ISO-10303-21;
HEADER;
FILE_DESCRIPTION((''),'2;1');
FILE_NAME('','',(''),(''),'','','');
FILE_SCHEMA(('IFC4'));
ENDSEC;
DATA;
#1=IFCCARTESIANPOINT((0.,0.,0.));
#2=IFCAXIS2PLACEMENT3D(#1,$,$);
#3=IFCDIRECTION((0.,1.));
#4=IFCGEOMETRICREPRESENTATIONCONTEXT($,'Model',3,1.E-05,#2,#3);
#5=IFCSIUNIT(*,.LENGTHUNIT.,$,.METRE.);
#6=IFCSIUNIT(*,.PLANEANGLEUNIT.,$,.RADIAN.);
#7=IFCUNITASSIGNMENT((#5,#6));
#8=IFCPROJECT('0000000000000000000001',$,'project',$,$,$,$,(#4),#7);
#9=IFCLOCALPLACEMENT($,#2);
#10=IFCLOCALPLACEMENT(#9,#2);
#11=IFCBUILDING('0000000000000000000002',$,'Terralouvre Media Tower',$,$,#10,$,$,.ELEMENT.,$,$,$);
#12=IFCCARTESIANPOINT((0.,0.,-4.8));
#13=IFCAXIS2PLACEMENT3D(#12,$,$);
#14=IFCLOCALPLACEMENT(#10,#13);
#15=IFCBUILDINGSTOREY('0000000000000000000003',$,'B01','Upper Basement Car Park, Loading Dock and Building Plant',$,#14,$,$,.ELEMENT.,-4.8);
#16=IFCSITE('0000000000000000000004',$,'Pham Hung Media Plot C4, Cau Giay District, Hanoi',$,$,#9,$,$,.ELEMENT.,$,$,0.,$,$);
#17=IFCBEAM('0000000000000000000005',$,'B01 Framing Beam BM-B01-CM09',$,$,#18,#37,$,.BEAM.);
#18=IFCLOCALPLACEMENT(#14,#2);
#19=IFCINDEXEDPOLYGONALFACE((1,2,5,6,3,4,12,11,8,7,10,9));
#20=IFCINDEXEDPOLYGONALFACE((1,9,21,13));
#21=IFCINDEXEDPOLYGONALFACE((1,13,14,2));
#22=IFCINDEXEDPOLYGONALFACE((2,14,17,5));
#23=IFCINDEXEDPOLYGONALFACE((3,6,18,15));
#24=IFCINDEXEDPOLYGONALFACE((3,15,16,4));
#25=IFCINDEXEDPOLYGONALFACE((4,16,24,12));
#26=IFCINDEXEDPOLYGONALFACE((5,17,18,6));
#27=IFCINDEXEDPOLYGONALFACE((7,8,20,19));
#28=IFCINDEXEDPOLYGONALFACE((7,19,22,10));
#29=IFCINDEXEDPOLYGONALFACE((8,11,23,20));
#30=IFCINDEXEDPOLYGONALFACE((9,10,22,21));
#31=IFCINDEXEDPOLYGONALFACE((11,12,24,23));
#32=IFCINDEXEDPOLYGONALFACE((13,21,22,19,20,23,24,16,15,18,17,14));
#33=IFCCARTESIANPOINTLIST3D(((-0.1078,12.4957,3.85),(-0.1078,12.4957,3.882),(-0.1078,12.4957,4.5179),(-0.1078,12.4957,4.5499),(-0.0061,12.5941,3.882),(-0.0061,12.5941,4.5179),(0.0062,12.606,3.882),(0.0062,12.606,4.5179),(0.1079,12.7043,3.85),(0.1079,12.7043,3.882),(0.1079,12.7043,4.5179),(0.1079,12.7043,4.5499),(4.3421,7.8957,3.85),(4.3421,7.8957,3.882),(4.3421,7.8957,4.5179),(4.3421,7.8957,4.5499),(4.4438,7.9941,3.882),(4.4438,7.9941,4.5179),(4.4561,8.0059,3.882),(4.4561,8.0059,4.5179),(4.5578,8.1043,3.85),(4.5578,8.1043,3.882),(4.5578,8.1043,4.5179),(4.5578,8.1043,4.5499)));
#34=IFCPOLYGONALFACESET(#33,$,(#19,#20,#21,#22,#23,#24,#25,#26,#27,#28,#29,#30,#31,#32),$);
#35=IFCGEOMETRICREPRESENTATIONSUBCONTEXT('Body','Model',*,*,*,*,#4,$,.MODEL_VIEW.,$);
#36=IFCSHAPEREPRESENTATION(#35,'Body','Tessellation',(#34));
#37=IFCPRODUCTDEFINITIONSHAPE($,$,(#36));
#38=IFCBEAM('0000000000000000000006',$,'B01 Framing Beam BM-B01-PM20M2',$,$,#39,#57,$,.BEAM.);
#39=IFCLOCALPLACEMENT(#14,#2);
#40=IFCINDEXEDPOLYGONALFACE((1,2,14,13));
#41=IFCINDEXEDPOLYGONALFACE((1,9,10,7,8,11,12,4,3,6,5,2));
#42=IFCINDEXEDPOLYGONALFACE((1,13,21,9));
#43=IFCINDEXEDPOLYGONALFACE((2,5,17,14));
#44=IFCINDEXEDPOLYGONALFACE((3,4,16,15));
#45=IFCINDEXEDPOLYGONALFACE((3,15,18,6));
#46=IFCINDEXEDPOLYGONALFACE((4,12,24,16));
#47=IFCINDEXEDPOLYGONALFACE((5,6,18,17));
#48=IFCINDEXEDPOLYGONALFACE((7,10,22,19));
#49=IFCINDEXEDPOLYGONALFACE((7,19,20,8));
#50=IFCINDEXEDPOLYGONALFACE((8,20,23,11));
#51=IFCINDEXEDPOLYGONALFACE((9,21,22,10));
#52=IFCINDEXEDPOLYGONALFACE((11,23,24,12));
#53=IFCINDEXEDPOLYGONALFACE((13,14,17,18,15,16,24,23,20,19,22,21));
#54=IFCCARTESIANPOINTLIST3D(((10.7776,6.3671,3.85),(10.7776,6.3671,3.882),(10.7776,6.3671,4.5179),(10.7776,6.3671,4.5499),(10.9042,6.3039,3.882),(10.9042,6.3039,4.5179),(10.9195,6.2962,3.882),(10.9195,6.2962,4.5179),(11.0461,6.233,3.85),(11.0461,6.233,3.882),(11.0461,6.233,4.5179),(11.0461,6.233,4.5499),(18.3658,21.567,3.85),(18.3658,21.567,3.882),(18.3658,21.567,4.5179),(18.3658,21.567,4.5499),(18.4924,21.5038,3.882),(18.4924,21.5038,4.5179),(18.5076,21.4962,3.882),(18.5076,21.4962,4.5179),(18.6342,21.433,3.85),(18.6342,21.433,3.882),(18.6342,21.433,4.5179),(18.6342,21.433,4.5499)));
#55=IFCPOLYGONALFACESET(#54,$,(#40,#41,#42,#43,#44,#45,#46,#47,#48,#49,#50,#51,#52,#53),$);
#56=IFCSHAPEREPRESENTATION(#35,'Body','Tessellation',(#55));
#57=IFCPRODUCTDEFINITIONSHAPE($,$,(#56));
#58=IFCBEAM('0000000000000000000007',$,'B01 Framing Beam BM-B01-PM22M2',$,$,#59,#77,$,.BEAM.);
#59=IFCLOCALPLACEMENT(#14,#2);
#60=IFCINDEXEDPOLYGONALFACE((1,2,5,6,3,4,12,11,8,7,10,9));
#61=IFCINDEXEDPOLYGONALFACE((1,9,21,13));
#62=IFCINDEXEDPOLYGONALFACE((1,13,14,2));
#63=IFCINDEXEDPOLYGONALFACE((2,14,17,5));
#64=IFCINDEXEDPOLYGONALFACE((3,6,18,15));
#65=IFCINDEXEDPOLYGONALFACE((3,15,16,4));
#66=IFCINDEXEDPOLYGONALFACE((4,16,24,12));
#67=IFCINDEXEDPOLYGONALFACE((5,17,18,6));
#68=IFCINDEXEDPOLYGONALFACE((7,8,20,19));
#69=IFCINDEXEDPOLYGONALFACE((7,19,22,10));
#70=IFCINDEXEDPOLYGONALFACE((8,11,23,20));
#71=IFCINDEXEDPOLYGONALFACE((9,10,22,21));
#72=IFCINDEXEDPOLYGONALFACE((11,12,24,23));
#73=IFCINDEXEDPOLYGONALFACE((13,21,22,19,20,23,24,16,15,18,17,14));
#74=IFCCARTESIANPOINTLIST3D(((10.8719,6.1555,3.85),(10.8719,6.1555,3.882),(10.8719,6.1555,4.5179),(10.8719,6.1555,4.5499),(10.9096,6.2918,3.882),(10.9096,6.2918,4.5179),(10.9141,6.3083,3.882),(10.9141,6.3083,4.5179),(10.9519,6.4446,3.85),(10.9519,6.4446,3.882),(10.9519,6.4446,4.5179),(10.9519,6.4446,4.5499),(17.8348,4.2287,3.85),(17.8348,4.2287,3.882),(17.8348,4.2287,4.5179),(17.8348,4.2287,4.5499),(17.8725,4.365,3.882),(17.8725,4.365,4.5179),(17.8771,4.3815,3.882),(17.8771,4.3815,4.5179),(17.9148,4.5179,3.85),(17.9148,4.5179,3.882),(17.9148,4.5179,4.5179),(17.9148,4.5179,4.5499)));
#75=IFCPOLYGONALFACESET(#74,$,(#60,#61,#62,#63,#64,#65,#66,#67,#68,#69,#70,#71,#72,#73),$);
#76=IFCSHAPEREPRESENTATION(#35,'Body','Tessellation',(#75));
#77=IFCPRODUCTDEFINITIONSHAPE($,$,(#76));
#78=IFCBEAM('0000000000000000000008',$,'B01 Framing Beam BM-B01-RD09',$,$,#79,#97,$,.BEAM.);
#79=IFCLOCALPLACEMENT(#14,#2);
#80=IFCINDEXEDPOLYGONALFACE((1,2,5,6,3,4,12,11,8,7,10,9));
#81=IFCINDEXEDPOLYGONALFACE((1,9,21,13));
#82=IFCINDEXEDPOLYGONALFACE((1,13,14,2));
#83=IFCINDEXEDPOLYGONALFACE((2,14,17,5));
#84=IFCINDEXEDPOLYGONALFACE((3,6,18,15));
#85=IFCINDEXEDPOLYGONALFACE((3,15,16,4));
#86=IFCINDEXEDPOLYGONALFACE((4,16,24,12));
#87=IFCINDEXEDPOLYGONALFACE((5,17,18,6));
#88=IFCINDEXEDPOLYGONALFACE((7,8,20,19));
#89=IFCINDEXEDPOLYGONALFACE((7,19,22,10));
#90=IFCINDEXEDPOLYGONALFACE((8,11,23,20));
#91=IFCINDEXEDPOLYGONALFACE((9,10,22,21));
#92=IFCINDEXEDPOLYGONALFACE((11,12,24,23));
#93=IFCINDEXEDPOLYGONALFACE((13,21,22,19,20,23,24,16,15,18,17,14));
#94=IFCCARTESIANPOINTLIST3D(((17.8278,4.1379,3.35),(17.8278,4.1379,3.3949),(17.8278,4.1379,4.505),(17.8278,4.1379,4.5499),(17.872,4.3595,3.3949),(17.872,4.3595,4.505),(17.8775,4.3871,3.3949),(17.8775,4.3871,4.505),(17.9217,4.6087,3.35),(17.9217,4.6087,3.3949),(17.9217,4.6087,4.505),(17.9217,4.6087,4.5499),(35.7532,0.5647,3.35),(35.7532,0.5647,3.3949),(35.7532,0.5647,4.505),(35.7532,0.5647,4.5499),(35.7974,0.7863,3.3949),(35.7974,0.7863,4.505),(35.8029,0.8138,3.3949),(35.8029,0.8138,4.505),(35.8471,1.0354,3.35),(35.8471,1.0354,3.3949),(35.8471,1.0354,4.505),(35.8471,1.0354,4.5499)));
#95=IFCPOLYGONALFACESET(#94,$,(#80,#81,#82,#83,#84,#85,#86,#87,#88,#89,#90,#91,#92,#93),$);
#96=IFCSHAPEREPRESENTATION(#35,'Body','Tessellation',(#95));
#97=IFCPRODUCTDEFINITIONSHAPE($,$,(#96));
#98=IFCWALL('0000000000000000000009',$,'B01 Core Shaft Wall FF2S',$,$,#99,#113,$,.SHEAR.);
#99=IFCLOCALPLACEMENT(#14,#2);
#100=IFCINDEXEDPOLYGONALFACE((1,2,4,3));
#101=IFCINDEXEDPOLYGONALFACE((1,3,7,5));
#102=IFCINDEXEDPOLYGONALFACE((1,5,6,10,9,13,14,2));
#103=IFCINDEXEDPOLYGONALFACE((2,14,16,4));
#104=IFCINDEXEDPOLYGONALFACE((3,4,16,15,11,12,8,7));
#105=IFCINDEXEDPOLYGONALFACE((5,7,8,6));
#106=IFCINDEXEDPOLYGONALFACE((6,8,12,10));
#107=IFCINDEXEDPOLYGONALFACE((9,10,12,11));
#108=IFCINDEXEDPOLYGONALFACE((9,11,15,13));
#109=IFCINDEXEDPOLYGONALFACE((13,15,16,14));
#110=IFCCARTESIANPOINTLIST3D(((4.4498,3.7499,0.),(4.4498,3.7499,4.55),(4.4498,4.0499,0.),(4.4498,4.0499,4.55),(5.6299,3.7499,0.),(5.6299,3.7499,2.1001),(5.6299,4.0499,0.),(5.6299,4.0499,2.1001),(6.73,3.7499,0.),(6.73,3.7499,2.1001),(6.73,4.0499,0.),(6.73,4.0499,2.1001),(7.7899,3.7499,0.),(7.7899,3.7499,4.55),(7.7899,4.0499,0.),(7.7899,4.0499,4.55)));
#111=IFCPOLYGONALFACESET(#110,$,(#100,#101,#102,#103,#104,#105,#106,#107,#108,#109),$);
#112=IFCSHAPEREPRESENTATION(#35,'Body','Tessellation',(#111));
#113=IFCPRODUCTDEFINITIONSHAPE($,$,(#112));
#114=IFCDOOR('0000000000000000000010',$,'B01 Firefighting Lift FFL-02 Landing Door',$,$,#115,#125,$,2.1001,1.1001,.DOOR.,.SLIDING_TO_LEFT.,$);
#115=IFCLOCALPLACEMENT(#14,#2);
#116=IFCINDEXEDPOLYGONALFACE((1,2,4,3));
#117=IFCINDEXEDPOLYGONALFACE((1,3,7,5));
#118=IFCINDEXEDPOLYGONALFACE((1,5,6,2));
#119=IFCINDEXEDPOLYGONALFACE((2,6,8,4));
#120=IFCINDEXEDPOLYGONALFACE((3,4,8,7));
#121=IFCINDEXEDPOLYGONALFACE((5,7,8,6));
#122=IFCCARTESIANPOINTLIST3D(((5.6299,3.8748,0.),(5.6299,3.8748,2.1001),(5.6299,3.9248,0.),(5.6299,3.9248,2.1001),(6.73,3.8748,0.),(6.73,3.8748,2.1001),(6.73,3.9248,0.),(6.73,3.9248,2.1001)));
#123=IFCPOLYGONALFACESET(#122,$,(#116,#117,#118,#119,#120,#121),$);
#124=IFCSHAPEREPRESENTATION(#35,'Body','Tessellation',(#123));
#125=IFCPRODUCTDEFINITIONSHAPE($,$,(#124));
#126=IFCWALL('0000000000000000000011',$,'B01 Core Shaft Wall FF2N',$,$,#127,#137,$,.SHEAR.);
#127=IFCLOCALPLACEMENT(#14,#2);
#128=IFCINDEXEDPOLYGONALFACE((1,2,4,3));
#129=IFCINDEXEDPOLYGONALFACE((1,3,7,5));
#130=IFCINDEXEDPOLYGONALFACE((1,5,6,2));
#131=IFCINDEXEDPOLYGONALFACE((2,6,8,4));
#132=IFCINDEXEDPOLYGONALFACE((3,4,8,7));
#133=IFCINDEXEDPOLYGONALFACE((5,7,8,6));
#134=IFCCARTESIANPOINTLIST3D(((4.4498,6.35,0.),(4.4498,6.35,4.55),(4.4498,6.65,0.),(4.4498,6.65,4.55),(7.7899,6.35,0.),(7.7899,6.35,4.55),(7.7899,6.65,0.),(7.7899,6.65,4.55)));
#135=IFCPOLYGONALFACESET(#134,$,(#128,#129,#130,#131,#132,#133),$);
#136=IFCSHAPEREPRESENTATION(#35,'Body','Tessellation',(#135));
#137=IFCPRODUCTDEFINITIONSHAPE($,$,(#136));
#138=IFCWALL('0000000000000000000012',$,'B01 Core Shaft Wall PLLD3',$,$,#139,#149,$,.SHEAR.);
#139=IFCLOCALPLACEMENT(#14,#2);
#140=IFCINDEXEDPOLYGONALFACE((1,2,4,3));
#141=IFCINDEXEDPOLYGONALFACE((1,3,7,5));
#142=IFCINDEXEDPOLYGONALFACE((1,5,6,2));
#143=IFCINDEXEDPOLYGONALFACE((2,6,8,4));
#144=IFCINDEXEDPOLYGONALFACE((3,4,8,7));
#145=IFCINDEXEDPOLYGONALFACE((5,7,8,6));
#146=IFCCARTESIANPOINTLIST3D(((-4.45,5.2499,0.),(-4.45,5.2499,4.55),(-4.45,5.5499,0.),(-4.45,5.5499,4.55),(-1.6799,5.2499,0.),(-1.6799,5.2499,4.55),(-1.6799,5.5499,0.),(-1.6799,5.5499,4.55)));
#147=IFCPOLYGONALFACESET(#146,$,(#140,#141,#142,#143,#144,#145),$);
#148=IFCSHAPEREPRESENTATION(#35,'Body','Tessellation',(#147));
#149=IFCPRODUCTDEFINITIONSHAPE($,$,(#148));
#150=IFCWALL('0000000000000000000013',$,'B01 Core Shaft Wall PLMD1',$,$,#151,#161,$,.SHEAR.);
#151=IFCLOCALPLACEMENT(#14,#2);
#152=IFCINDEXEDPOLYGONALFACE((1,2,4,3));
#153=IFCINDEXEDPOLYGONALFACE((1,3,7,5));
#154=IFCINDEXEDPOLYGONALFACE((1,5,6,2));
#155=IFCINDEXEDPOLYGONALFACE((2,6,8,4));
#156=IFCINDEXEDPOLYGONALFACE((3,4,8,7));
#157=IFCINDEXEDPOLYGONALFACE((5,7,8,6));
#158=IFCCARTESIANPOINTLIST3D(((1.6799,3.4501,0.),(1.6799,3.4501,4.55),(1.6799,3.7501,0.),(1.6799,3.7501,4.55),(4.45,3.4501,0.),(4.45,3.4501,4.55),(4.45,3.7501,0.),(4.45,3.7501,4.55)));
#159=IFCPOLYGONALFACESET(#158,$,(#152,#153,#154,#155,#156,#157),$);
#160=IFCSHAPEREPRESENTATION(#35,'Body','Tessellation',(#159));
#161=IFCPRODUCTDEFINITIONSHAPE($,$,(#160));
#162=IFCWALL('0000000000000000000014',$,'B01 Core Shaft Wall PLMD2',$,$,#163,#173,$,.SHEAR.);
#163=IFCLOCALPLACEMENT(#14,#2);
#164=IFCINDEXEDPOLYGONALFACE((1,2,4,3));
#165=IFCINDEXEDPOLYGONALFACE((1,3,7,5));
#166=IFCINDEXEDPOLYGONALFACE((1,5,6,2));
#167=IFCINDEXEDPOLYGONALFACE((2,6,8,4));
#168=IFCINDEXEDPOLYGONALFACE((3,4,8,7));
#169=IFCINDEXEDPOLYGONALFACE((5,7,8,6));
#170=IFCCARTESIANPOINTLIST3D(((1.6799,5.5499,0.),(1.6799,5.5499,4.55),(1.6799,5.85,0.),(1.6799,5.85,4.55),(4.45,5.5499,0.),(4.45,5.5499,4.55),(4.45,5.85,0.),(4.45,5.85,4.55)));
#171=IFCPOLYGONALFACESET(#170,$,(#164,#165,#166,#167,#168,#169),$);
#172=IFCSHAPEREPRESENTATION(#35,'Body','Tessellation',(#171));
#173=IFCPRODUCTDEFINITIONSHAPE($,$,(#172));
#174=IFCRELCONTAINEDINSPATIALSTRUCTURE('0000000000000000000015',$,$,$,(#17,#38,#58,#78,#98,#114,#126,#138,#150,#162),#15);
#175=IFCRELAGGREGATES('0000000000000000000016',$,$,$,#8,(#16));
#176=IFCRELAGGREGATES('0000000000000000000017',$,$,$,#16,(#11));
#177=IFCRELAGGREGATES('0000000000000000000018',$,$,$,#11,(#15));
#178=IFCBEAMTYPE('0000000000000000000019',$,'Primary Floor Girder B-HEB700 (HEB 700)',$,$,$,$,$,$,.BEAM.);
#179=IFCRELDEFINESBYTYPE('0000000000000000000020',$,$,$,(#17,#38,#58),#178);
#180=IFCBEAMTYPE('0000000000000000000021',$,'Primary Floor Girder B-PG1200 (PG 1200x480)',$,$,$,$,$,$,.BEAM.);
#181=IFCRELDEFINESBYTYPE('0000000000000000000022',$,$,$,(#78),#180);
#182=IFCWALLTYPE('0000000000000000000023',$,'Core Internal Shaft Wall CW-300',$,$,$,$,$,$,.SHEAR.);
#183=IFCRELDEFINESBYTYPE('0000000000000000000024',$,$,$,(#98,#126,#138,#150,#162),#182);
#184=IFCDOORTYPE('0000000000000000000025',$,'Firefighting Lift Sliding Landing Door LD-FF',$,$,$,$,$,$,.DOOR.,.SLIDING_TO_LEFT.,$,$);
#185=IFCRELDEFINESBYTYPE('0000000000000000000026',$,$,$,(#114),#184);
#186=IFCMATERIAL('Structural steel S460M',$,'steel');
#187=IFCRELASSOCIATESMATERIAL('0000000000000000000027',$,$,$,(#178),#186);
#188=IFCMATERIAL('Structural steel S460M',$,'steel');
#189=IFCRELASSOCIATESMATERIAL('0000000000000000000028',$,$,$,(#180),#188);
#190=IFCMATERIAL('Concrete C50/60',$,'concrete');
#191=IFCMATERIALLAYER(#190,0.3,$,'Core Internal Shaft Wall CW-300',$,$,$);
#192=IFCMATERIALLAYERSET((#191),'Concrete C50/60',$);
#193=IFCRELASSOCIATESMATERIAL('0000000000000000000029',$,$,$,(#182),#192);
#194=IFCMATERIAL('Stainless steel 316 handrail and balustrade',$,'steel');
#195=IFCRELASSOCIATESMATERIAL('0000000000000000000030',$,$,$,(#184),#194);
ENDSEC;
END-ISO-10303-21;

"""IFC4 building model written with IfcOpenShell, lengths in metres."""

from ifc_helpers import new_model, si_unit, direction, frame, frame_2d, origin, origin_2d, place, context, subcontext, project, spatial, rectangle, i_section, extrude, material, layer, layer_set, material_profile, profile_set, type_object, element, fill, save


model = new_model("IFC4")

# Units and contexts
model_context = context("Model", 3, precision=1e-05, world=origin(), true_north=direction((0.0, 1.0)))
body_context = subcontext(model_context, "Body", "Model", "MODEL_VIEW")
ifc_project = project(units=[si_unit("LENGTHUNIT", "METRE"), si_unit("PLANEANGLEUNIT", "RADIAN")], contexts=[model_context])

# Site, building, storey
site_placement = place(None, origin())
site = spatial("IfcSite", under=ifc_project, at=site_placement, Name="Pham Hung Media Plot C4, Cau Giay District, Hanoi", CompositionType="ELEMENT", RefElevation=0.0)
building_placement = place(site_placement, origin())
building = spatial("IfcBuilding", under=site, at=building_placement, Name="Terralouvre Media Tower", CompositionType="ELEMENT")
storey_placement = place(building_placement, frame((0.0, 0.0, -4.8)))
storey = spatial("IfcBuildingStorey", under=building, at=storey_placement, Name="B01", Description="Upper Basement Car Park, Loading Dock and Building Plant", CompositionType="ELEMENT", Elevation=-4.8)

# Beams
ifc_material_1 = material(Name="Structural steel S460M", Category="steel")
ifc_material_profile_1 = material_profile(ifc_material_1, i_section(OverallWidth=0.3, OverallDepth=0.7, WebThickness=0.0171, FlangeThickness=0.032, at=origin_2d()), Name="HEB 700")
ifc_profile_set_1 = profile_set([ifc_material_profile_1], Name="Structural steel S460M")
beam_type_1 = type_object("IfcBeamType", Name="Primary Floor Girder B-HEB700 (HEB 700)", PredefinedType="BEAM", material=ifc_profile_set_1)
beam_1_placement = place(storey_placement, frame((4.45, 8.0, 4.2), z_axis=(-0.69528, 0.718739, 0.0), x_axis=(-0.718739, -0.69528, 0.0)))
element("IfcBeam", 1, at=beam_1_placement, inside=storey, type_object=beam_type_1, Name="B01 Framing Beam BM-B01-CM09", PredefinedType="BEAM", context=body_context, shape_type="SweptSolid", body=[
    extrude(i_section(OverallWidth=0.3, OverallDepth=0.7, WebThickness=0.0171, FlangeThickness=0.032, at=origin_2d()), origin(), (0.0, 0.0, 1.0), 6.4001),
])
beam_2_placement = place(storey_placement, frame((10.9119, 6.3, 4.2), z_axis=(0.446656, 0.894706, 0.0), x_axis=(-0.894706, 0.446656, 0.0)))
element("IfcBeam", 2, at=beam_2_placement, inside=storey, type_object=beam_type_1, Name="B01 Framing Beam BM-B01-PM20M2", PredefinedType="BEAM", context=body_context, shape_type="SweptSolid", body=[
    extrude(i_section(OverallWidth=0.3, OverallDepth=0.7, WebThickness=0.0171, FlangeThickness=0.032, at=origin_2d()), origin(), (0.0, 0.0, 1.0), 16.9888),
])
beam_3_placement = place(storey_placement, frame((10.9119, 6.3, 4.2), z_axis=(0.963781, -0.266696, 0.0), x_axis=(0.266696, 0.963781, 0.0)))
element("IfcBeam", 3, at=beam_3_placement, inside=storey, type_object=beam_type_1, Name="B01 Framing Beam BM-B01-PM22M2", PredefinedType="BEAM", context=body_context, shape_type="SweptSolid", body=[
    extrude(i_section(OverallWidth=0.3, OverallDepth=0.7, WebThickness=0.0171, FlangeThickness=0.032, at=origin_2d()), origin(), (0.0, 0.0, 1.0), 7.2246),
])
ifc_material_2 = material(Name="Structural steel S460M", Category="steel")
ifc_material_profile_2 = material_profile(ifc_material_2, i_section(OverallWidth=0.48, OverallDepth=1.2, WebThickness=0.0281, FlangeThickness=0.0449, at=origin_2d()), Name="PG 1200x480")
ifc_profile_set_2 = profile_set([ifc_material_profile_2], Name="Structural steel S460M")
beam_type_2 = type_object("IfcBeamType", Name="Primary Floor Girder B-PG1200 (PG 1200x480)", PredefinedType="BEAM", material=ifc_profile_set_2)
beam_4_placement = place(storey_placement, frame((17.8748, 4.3733, 3.95), z_axis=(0.980705, -0.195494, 0.0), x_axis=(0.195494, 0.980705, 0.0)))
element("IfcBeam", 4, at=beam_4_placement, inside=storey, type_object=beam_type_2, Name="B01 Framing Beam BM-B01-RD09", PredefinedType="BEAM", context=body_context, shape_type="SweptSolid", body=[
    extrude(i_section(OverallWidth=0.48, OverallDepth=1.2, WebThickness=0.0281, FlangeThickness=0.0449, at=origin_2d()), origin(), (0.0, 0.0, 1.0), 18.2781),
])

# Wall, opening, door
ifc_material_3 = material(Name="Concrete C50/60", Category="concrete")
ifc_layer = layer(ifc_material_3, 0.3, Name="Core Internal Shaft Wall CW-300")
ifc_layer_set = layer_set([ifc_layer], Name="Concrete C50/60")
wall_type = type_object("IfcWallType", Name="Core Internal Shaft Wall CW-300", PredefinedType="SHEAR", material=ifc_layer_set)
wall_1_placement = place(storey_placement, frame((4.45, 3.8999, 0.0), z_axis=(0.0, 0.0, 1.0), x_axis=(1.0, 0.0, 0.0)))
wall_1 = element("IfcWall", 5, at=wall_1_placement, inside=storey, type_object=wall_type, Name="B01 Core Shaft Wall FF2S", PredefinedType="SHEAR", context=body_context, shape_type="SweptSolid", body=[
    extrude(rectangle(XDim=3.3401, YDim=0.3, at=frame_2d((1.6699, 0.0))), origin(), (0.0, 0.0, 1.0), 4.55),
])
opening_placement = place(wall_1_placement, frame((1.1799, 0.0, 0.0)))
opening = element("IfcOpeningElement", 6, at=opening_placement, cuts=wall_1, PredefinedType="OPENING", context=body_context, shape_type="SweptSolid", body=[
    extrude(rectangle(XDim=1.1001, YDim=2.1001, at=frame_2d((0.55, 1.05))), frame((0.0, 0.1599, 0.0), z_axis=(0.0, -1.0, 0.0), x_axis=(1.0, 0.0, 0.0)), (0.0, 0.0, 1.0), 0.3201),
])
ifc_material_4 = material(Name="Stainless steel 316 handrail and balustrade", Category="steel")
door_type = type_object("IfcDoorType", Name="Firefighting Lift Sliding Landing Door LD-FF", OperationType="SLIDING_TO_LEFT", PredefinedType="DOOR", material=ifc_material_4)
door_placement = place(opening_placement, origin())
door = element("IfcDoor", 7, at=door_placement, inside=storey, type_object=door_type, Name="B01 Firefighting Lift FFL-02 Landing Door", OperationType="SLIDING_TO_LEFT", OverallHeight=2.1001, OverallWidth=1.1001, PredefinedType="DOOR", context=body_context, shape_type="SweptSolid", body=[
    extrude(rectangle(XDim=1.1001, YDim=2.1001, at=frame_2d((0.55, 1.05))), frame((0.0, 0.0249, 0.0), z_axis=(0.0, -1.0, 0.0), x_axis=(1.0, 0.0, 0.0)), (0.0, 0.0, 1.0), 0.05),
])
fill(opening, door)

# Walls
wall_2_placement = place(storey_placement, frame((4.45, 6.5, 0.0), z_axis=(0.0, 0.0, 1.0), x_axis=(1.0, 0.0, 0.0)))
element("IfcWall", 8, at=wall_2_placement, inside=storey, type_object=wall_type, Name="B01 Core Shaft Wall FF2N", PredefinedType="SHEAR", context=body_context, shape_type="SweptSolid", body=[
    extrude(rectangle(XDim=3.3401, YDim=0.3, at=frame_2d((1.6699, 0.0))), origin(), (0.0, 0.0, 1.0), 4.55),
])
for number, where, z_axis, x_axis, name in (
    (9, (-4.45, 5.3999, 0.0), (0.0, 0.0, 1.0), (1.0, 0.0, 0.0), "B01 Core Shaft Wall PLLD3"),
    (10, (1.6799, 3.6001, 0.0), (0.0, 0.0, 1.0), (1.0, 0.0, 0.0), "B01 Core Shaft Wall PLMD1"),
    (11, (1.6799, 5.7, 0.0), (0.0, 0.0, 1.0), (1.0, 0.0, 0.0), "B01 Core Shaft Wall PLMD2"),
):
    element("IfcWall", number, at=place(storey_placement, frame(where, z_axis=z_axis, x_axis=x_axis)), inside=storey, type_object=wall_type, Name=name, PredefinedType="SHEAR", context=body_context, shape_type="SweptSolid", body=[
        extrude(rectangle(XDim=2.77, YDim=0.3, at=frame_2d((1.385, 0.0))), origin(), (0.0, 0.0, 1.0), 4.55),
    ])

save(model, "model.ifc")
